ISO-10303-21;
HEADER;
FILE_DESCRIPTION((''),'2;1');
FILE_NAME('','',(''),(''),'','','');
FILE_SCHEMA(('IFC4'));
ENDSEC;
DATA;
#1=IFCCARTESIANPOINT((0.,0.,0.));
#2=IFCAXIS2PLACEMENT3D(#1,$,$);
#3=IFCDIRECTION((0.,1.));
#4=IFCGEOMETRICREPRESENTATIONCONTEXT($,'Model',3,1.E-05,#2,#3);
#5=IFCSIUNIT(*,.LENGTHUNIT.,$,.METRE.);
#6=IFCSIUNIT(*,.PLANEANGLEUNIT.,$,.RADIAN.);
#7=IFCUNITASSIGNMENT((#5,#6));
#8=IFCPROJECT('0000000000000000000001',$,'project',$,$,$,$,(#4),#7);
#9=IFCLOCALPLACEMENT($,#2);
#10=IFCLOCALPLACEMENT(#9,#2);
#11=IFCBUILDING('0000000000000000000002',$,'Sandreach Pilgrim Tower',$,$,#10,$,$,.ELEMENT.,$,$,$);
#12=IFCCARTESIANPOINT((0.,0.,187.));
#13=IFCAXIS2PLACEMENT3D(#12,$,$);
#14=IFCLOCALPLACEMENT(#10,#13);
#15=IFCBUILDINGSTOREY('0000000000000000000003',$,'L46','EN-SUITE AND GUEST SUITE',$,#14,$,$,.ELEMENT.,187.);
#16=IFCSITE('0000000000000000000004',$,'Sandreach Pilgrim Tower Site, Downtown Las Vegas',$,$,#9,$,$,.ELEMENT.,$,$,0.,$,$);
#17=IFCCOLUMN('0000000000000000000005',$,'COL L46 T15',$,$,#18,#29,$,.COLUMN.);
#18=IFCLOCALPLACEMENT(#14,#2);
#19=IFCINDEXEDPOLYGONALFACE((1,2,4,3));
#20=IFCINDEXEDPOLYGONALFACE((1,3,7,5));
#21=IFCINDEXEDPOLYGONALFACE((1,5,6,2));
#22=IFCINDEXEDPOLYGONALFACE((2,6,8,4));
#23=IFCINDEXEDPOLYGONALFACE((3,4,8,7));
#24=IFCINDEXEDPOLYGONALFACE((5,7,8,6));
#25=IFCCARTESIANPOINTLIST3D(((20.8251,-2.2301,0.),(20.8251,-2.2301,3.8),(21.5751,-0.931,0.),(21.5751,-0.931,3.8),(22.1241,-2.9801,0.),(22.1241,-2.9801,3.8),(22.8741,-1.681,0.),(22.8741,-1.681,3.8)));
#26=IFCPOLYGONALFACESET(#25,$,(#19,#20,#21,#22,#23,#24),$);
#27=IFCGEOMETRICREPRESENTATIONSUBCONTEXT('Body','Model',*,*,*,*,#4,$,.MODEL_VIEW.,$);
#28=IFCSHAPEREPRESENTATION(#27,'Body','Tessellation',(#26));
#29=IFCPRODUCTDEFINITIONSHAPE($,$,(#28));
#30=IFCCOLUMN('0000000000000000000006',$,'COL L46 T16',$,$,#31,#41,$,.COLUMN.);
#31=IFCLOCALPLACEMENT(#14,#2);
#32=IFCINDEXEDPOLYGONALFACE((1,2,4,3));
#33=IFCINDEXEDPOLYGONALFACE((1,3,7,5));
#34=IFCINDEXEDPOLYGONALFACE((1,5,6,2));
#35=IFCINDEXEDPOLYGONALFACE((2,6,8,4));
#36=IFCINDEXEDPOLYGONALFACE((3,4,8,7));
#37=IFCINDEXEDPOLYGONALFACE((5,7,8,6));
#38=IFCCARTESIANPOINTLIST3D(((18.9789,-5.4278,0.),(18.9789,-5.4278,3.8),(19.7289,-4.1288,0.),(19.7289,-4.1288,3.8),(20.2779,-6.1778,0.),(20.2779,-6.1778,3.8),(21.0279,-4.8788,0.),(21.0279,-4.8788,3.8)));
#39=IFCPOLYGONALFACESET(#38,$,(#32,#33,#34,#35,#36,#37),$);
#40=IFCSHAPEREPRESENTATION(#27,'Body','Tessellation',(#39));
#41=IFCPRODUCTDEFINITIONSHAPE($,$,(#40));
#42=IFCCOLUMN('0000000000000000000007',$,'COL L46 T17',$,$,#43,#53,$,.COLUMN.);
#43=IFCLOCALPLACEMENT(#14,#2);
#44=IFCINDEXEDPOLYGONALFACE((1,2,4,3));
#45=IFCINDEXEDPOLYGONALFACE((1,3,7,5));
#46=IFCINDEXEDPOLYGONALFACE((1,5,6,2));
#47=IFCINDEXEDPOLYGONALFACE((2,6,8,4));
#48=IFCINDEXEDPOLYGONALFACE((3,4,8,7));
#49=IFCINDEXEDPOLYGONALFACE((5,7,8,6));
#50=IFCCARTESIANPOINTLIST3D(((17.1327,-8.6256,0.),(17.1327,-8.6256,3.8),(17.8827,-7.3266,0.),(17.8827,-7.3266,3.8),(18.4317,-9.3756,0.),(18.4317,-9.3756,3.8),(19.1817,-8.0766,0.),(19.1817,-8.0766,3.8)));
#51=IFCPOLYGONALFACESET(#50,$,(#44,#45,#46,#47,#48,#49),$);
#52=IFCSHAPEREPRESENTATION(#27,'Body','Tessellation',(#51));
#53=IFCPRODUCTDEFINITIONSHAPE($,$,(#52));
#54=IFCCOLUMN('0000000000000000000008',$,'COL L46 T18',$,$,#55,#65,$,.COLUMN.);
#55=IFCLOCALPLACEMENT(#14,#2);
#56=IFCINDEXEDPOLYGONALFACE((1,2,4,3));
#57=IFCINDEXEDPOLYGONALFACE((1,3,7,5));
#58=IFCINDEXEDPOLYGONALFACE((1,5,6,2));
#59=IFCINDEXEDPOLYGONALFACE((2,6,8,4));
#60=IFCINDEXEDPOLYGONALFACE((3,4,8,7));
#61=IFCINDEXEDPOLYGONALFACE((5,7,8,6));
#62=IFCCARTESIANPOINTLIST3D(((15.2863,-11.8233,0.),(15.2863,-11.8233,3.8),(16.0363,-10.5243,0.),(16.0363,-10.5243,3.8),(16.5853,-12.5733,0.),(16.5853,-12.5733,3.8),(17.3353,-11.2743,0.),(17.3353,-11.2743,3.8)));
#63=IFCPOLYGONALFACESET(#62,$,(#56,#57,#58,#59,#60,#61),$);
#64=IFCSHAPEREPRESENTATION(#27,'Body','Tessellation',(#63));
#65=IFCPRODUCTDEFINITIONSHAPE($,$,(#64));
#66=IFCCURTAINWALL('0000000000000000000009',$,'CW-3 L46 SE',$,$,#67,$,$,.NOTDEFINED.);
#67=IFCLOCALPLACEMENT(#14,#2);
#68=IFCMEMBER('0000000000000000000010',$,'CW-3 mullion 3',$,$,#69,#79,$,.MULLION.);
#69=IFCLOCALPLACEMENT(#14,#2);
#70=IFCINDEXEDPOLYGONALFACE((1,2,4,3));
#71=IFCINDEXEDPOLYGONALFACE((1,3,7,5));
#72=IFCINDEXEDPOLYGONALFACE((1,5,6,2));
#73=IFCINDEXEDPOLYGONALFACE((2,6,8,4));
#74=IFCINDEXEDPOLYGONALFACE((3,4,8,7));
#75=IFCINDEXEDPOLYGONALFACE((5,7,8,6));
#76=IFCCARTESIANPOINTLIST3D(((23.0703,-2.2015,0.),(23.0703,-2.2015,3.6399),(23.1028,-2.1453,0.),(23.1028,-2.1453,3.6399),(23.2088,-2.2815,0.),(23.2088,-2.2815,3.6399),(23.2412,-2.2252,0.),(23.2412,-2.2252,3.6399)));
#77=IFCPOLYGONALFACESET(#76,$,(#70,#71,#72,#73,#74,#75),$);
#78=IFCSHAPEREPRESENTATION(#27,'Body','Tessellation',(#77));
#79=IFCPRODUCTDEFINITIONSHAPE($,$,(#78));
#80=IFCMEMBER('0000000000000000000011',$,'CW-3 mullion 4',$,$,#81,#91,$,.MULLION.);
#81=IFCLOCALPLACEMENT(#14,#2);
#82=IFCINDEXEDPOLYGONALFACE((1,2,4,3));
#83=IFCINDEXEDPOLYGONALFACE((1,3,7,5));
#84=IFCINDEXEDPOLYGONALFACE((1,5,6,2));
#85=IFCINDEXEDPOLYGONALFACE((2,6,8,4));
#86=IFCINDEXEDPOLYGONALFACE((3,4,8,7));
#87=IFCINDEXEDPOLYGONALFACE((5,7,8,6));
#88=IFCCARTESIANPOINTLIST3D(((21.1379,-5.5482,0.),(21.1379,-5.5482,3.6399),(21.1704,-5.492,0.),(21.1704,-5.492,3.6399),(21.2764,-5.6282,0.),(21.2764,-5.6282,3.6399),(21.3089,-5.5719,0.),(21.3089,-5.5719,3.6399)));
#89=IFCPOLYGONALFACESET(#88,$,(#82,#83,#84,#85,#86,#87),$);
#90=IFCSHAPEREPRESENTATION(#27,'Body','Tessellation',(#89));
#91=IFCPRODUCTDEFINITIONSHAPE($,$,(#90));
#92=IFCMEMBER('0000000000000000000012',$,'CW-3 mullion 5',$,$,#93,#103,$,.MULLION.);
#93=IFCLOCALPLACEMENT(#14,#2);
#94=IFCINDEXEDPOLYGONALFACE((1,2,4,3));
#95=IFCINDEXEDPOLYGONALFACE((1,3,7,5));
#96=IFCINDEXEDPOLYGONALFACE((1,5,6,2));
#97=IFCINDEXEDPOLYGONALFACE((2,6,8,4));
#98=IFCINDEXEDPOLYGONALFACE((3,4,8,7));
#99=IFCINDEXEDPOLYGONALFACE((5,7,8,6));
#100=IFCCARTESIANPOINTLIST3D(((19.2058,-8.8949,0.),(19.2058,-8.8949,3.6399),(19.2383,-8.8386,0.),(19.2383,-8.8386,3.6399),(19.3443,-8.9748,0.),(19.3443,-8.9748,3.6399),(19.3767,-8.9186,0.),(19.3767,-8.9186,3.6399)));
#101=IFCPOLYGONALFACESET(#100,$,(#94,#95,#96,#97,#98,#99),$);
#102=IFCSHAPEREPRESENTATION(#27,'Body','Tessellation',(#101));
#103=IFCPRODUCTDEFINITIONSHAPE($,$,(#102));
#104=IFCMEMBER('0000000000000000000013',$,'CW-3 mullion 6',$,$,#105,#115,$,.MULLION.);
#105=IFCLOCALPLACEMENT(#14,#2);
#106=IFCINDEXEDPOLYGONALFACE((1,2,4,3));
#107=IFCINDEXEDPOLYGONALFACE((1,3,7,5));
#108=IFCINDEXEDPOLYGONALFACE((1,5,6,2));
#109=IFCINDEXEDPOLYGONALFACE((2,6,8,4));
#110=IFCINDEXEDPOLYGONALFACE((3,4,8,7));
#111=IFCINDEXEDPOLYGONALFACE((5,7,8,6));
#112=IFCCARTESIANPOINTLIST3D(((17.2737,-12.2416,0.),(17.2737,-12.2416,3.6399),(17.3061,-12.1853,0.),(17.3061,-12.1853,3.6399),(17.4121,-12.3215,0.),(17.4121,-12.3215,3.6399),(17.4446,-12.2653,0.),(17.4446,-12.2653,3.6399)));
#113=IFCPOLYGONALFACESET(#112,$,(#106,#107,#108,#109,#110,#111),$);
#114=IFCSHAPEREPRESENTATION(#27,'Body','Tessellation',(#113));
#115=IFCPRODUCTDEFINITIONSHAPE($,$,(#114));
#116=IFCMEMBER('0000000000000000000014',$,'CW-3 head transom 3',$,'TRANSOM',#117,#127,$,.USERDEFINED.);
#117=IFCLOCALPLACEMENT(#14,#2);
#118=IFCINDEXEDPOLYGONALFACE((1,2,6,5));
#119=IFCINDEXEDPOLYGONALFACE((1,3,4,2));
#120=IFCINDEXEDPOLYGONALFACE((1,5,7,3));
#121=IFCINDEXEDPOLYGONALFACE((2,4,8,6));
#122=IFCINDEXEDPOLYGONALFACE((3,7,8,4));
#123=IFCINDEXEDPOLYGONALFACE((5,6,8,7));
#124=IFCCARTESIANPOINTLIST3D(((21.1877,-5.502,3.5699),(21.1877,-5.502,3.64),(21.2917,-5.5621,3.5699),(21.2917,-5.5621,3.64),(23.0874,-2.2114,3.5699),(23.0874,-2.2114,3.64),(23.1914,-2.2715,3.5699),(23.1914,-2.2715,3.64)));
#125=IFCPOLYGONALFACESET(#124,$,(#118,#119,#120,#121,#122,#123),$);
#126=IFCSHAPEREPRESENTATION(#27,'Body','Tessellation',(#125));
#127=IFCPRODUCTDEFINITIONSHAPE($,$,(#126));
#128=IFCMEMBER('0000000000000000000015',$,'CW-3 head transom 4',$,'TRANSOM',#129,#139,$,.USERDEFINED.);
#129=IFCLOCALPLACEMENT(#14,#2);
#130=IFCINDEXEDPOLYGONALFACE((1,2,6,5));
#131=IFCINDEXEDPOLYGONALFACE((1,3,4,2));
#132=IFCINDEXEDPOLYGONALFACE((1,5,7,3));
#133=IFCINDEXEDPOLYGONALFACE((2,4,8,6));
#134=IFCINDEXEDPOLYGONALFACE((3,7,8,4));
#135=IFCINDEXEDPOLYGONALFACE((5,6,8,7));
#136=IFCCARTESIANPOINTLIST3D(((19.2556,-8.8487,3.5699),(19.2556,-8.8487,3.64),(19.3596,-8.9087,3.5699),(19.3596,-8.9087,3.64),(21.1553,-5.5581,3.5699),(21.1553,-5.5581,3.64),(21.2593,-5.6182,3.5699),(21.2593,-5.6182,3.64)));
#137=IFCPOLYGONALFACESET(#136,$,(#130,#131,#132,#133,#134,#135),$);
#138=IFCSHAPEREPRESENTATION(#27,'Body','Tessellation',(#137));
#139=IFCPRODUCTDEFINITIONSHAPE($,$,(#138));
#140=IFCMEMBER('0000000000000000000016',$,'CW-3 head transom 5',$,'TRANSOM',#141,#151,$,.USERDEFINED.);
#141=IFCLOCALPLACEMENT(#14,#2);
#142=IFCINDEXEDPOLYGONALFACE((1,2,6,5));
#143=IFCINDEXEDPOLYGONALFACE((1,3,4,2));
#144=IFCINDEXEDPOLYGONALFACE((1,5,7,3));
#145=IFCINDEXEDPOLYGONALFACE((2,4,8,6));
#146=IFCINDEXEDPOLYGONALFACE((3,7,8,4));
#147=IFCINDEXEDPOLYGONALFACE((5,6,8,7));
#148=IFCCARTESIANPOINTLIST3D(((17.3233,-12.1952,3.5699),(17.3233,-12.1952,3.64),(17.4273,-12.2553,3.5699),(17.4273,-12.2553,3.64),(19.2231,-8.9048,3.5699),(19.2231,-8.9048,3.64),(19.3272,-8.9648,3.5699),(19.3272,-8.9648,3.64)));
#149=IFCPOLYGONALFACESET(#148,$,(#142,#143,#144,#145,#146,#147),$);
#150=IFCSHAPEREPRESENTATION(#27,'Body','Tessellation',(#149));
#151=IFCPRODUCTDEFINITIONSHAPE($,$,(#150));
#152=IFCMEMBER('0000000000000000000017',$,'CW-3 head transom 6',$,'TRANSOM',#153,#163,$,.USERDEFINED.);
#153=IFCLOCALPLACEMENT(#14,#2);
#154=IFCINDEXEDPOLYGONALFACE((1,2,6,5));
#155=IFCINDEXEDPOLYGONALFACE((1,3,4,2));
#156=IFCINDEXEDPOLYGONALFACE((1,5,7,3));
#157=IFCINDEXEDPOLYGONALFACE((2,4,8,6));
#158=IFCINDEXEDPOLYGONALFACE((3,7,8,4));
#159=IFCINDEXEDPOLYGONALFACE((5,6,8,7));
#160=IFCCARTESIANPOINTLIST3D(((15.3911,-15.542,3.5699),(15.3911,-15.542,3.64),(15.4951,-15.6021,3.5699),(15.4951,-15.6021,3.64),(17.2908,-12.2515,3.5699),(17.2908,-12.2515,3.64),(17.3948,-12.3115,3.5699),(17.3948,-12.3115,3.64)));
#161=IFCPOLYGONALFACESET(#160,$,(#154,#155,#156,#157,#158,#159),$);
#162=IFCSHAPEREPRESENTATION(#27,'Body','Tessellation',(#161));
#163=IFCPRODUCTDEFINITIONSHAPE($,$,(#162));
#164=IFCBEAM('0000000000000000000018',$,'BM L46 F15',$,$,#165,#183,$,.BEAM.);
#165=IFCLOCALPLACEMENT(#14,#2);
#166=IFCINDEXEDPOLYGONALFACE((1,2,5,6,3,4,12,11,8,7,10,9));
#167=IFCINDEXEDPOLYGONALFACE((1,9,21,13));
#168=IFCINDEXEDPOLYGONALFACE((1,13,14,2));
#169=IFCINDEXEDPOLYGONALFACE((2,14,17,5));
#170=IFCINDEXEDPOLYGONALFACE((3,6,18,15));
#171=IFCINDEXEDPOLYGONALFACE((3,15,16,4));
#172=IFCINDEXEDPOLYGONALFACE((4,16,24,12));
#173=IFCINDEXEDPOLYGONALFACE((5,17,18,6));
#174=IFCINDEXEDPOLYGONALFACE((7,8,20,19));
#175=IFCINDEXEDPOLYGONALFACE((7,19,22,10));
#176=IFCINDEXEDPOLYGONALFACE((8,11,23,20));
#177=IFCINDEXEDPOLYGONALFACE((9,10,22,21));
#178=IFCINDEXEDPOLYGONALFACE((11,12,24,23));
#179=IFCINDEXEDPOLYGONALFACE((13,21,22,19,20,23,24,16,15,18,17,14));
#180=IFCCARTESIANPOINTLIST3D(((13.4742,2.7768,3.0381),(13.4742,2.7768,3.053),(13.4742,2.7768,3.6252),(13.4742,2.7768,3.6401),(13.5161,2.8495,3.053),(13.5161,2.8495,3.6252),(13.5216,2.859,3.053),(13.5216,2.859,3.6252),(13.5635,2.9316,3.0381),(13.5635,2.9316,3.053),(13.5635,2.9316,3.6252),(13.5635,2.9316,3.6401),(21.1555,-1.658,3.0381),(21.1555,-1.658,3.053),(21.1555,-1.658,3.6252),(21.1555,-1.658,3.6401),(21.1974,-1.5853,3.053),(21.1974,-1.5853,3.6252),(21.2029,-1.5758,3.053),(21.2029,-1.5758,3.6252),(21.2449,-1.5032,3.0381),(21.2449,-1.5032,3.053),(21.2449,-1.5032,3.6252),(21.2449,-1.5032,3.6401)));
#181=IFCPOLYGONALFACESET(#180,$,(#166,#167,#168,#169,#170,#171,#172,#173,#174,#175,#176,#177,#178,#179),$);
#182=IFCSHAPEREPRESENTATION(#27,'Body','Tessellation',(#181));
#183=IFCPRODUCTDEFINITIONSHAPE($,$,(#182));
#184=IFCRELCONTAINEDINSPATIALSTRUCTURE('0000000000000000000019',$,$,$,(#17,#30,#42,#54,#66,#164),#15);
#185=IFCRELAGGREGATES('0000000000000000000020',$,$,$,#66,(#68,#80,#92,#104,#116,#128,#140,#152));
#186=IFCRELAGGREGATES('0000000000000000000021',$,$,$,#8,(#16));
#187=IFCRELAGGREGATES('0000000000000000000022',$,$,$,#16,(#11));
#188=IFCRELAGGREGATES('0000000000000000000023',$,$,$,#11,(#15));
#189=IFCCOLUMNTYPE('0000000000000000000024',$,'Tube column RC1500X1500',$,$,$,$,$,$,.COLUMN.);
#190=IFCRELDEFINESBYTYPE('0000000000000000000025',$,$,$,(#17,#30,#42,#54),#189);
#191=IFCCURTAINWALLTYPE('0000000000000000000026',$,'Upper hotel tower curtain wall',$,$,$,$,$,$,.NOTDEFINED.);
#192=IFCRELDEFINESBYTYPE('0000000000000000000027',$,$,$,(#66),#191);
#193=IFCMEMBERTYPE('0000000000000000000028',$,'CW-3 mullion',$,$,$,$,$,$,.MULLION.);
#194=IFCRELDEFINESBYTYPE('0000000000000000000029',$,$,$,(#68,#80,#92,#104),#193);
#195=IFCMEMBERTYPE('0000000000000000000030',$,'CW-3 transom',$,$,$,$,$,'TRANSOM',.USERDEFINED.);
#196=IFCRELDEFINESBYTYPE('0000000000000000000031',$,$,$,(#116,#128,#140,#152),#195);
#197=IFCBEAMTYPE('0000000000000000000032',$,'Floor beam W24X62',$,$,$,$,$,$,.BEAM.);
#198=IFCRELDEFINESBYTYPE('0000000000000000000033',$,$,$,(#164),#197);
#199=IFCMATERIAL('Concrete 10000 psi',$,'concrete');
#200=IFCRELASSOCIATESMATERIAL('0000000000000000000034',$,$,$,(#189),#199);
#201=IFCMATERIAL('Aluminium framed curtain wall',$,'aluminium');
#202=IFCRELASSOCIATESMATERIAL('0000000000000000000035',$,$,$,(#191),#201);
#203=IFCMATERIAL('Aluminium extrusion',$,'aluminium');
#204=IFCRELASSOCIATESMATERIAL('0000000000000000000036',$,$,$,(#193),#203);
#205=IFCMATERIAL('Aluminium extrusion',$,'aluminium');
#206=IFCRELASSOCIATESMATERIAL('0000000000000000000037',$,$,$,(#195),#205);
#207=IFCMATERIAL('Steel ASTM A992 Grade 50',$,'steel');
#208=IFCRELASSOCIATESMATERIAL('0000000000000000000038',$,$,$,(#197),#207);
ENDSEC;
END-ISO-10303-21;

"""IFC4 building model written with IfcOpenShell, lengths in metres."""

from ifc_helpers import new_model, si_unit, direction, frame, origin, origin_2d, place, context, subcontext, project, spatial, rectangle, i_section, extrude, material, material_profile, profile_set, type_object, element, aggregate, save


model = new_model("IFC4")

# Units and contexts
model_context = context("Model", 3, precision=1e-05, world=origin(), true_north=direction((0.0, 1.0)))
body_context = subcontext(model_context, "Body", "Model", "MODEL_VIEW")
ifc_project = project(units=[si_unit("LENGTHUNIT", "METRE"), si_unit("PLANEANGLEUNIT", "RADIAN")], contexts=[model_context])

# Site, building, storey
site_placement = place(None, origin())
site = spatial("IfcSite", under=ifc_project, at=site_placement, Name="Sandreach Pilgrim Tower Site, Downtown Las Vegas", CompositionType="ELEMENT", RefElevation=0.0)
building_placement = place(site_placement, origin())
building = spatial("IfcBuilding", under=site, at=building_placement, Name="Sandreach Pilgrim Tower", CompositionType="ELEMENT")
storey_placement = place(building_placement, frame((0.0, 0.0, 187.0)))
storey = spatial("IfcBuildingStorey", under=building, at=storey_placement, Name="L46", Description="EN-SUITE AND GUEST SUITE", CompositionType="ELEMENT", Elevation=187.0)

# Columns
ifc_material_1 = material(Name="Concrete 10000 psi", Category="concrete")
ifc_material_profile_1 = material_profile(ifc_material_1, rectangle(XDim=1.5, YDim=1.5, at=origin_2d()), Name="RC1500X1500")
ifc_profile_set_1 = profile_set([ifc_material_profile_1], Name="Concrete 10000 psi")
column_type = type_object("IfcColumnType", Name="Tube column RC1500X1500", PredefinedType="COLUMN", material=ifc_profile_set_1)
for number, where, z_axis, x_axis, name in (
    (1, (21.8496, -1.9556, 0.0), (0.0, 0.0, 1.0), (0.866025, -0.5, 0.0), "COL L46 T15"),
    (2, (20.0034, -5.1533, 0.0), (0.0, 0.0, 1.0), (0.866025, -0.5, 0.0), "COL L46 T16"),
    (3, (18.1572, -8.3511, 0.0), (0.0, 0.0, 1.0), (0.866025, -0.5, 0.0), "COL L46 T17"),
    (4, (16.3108, -11.5488, 0.0), (0.0, 0.0, 1.0), (0.866025, -0.5, 0.0), "COL L46 T18"),
):
    element("IfcColumn", number, at=place(storey_placement, frame(where, z_axis=z_axis, x_axis=x_axis)), inside=storey, type_object=column_type, Name=name, PredefinedType="COLUMN", context=body_context, shape_type="SweptSolid", body=[
        extrude(rectangle(XDim=1.5, YDim=1.5, at=origin_2d()), origin(), (0.0, 0.0, 1.0), 3.8),
    ])

# Curtain wall, members
ifc_material_2 = material(Name="Aluminium framed curtain wall", Category="aluminium")
curtain_wall_type = type_object("IfcCurtainWallType", Name="Upper hotel tower curtain wall", PredefinedType="NOTDEFINED", material=ifc_material_2)
curtain_wall_placement = place(storey_placement, origin())
curtain_wall = element("IfcCurtainWall", 5, at=curtain_wall_placement, inside=storey, type_object=curtain_wall_type, Name="CW-3 L46 SE", PredefinedType="NOTDEFINED")
ifc_material_3 = material(Name="Aluminium extrusion", Category="aluminium")
ifc_material_profile_2 = material_profile(ifc_material_3, rectangle(XDim=0.0649, YDim=0.1599, at=origin_2d()), Name="CW-3M 65X160")
ifc_profile_set_2 = profile_set([ifc_material_profile_2], Name="Aluminium extrusion")
member_type_1 = type_object("IfcMemberType", Name="CW-3 mullion", PredefinedType="MULLION", material=ifc_profile_set_2)
member_1_placement = place(storey_placement, frame((23.1558, -2.2134, 0.0), z_axis=(0.0, 0.0, 1.0), x_axis=(-0.5, -0.866025, 0.0)))
member_1 = element("IfcMember", 6, at=member_1_placement, type_object=member_type_1, Name="CW-3 mullion 3", PredefinedType="MULLION", context=body_context, shape_type="SweptSolid", body=[
    extrude(rectangle(XDim=0.0649, YDim=0.1599, at=origin_2d()), origin(), (0.0, 0.0, 1.0), 3.6399),
])
member_2_placement = place(storey_placement, frame((21.2234, -5.5601, 0.0), z_axis=(0.0, 0.0, 1.0), x_axis=(-0.5, -0.866025, 0.0)))
member_2 = element("IfcMember", 7, at=member_2_placement, type_object=member_type_1, Name="CW-3 mullion 4", PredefinedType="MULLION", context=body_context, shape_type="SweptSolid", body=[
    extrude(rectangle(XDim=0.0649, YDim=0.1599, at=origin_2d()), origin(), (0.0, 0.0, 1.0), 3.6399),
])
member_3_placement = place(storey_placement, frame((19.2913, -8.9067, 0.0), z_axis=(0.0, 0.0, 1.0), x_axis=(-0.5, -0.866025, 0.0)))
member_3 = element("IfcMember", 8, at=member_3_placement, type_object=member_type_1, Name="CW-3 mullion 5", PredefinedType="MULLION", context=body_context, shape_type="SweptSolid", body=[
    extrude(rectangle(XDim=0.0649, YDim=0.1599, at=origin_2d()), origin(), (0.0, 0.0, 1.0), 3.6399),
])
member_4_placement = place(storey_placement, frame((17.3591, -12.2534, 0.0), z_axis=(0.0, 0.0, 1.0), x_axis=(-0.5, -0.866025, 0.0)))
member_4 = element("IfcMember", 9, at=member_4_placement, type_object=member_type_1, Name="CW-3 mullion 6", PredefinedType="MULLION", context=body_context, shape_type="SweptSolid", body=[
    extrude(rectangle(XDim=0.0649, YDim=0.1599, at=origin_2d()), origin(), (0.0, 0.0, 1.0), 3.6399),
])
ifc_material_4 = material(Name="Aluminium extrusion", Category="aluminium")
ifc_material_profile_3 = material_profile(ifc_material_4, rectangle(XDim=0.1201, YDim=0.0701, at=origin_2d()), Name="CW-3T 120X70")
ifc_profile_set_3 = profile_set([ifc_material_profile_3], Name="Aluminium extrusion")
member_type_2 = type_object("IfcMemberType", Name="CW-3 transom", ElementType="TRANSOM", PredefinedType="USERDEFINED", material=ifc_profile_set_3)
member_5_placement = place(storey_placement, frame((23.1394, -2.2415, 3.605), z_axis=(-0.499975, -0.86604, 0.0), x_axis=(0.86604, -0.499975, 0.0)))
member_5 = element("IfcMember", 10, at=member_5_placement, type_object=member_type_2, Name="CW-3 head transom 3", ObjectType="TRANSOM", PredefinedType="USERDEFINED", context=body_context, shape_type="SweptSolid", body=[
    extrude(rectangle(XDim=0.1201, YDim=0.0701, at=origin_2d()), origin(), (0.0, 0.0, 1.0), 3.7996),
])
member_6_placement = place(storey_placement, frame((21.2073, -5.5881, 3.605), z_axis=(-0.499975, -0.86604, 0.0), x_axis=(0.86604, -0.499975, 0.0)))
member_6 = element("IfcMember", 11, at=member_6_placement, type_object=member_type_2, Name="CW-3 head transom 4", ObjectType="TRANSOM", PredefinedType="USERDEFINED", context=body_context, shape_type="SweptSolid", body=[
    extrude(rectangle(XDim=0.1201, YDim=0.0701, at=origin_2d()), origin(), (0.0, 0.0, 1.0), 3.7996),
])
member_7_placement = place(storey_placement, frame((19.2751, -8.9348, 3.605), z_axis=(-0.500023, -0.866012, 0.0), x_axis=(0.866012, -0.500023, 0.0)))
member_7 = element("IfcMember", 12, at=member_7_placement, type_object=member_type_2, Name="CW-3 head transom 5", ObjectType="TRANSOM", PredefinedType="USERDEFINED", context=body_context, shape_type="SweptSolid", body=[
    extrude(rectangle(XDim=0.1201, YDim=0.0701, at=origin_2d()), origin(), (0.0, 0.0, 1.0), 3.7996),
])
member_8_placement = place(storey_placement, frame((17.3428, -12.2815, 3.605), z_axis=(-0.499975, -0.86604, 0.0), x_axis=(0.86604, -0.499975, 0.0)))
member_8 = element("IfcMember", 13, at=member_8_placement, type_object=member_type_2, Name="CW-3 head transom 6", ObjectType="TRANSOM", PredefinedType="USERDEFINED", context=body_context, shape_type="SweptSolid", body=[
    extrude(rectangle(XDim=0.1201, YDim=0.0701, at=origin_2d()), origin(), (0.0, 0.0, 1.0), 3.7996),
])

# Beam
ifc_material_5 = material(Name="Steel ASTM A992 Grade 50", Category="steel")
ifc_material_profile_4 = material_profile(ifc_material_5, i_section(OverallWidth=0.1787, OverallDepth=0.6021, WebThickness=0.011, FlangeThickness=0.0149, at=origin_2d()), Name="W24X62")
ifc_profile_set_4 = profile_set([ifc_material_profile_4], Name="Steel ASTM A992 Grade 50")
beam_type_1 = type_object("IfcBeamType", Name="Floor beam W24X62", PredefinedType="BEAM", material=ifc_profile_set_4)
beam_1_placement = place(storey_placement, frame((21.2002, -1.5806, 3.3391), z_axis=(-0.866027, 0.499996, 0.0), x_axis=(-0.499996, -0.866027, 0.0)))
element("IfcBeam", 14, at=beam_1_placement, inside=storey, type_object=beam_type_1, Name="BM L46 F15", PredefinedType="BEAM", context=body_context, shape_type="SweptSolid", body=[
    extrude(i_section(OverallWidth=0.1787, OverallDepth=0.6021, WebThickness=0.011, FlangeThickness=0.0149, at=origin_2d()), origin(), (0.0, 0.0, 1.0), 8.8696),
])

aggregate(curtain_wall, [member_1, member_2, member_3, member_4, member_5, member_6, member_7, member_8])

save(model, "model.ifc")
